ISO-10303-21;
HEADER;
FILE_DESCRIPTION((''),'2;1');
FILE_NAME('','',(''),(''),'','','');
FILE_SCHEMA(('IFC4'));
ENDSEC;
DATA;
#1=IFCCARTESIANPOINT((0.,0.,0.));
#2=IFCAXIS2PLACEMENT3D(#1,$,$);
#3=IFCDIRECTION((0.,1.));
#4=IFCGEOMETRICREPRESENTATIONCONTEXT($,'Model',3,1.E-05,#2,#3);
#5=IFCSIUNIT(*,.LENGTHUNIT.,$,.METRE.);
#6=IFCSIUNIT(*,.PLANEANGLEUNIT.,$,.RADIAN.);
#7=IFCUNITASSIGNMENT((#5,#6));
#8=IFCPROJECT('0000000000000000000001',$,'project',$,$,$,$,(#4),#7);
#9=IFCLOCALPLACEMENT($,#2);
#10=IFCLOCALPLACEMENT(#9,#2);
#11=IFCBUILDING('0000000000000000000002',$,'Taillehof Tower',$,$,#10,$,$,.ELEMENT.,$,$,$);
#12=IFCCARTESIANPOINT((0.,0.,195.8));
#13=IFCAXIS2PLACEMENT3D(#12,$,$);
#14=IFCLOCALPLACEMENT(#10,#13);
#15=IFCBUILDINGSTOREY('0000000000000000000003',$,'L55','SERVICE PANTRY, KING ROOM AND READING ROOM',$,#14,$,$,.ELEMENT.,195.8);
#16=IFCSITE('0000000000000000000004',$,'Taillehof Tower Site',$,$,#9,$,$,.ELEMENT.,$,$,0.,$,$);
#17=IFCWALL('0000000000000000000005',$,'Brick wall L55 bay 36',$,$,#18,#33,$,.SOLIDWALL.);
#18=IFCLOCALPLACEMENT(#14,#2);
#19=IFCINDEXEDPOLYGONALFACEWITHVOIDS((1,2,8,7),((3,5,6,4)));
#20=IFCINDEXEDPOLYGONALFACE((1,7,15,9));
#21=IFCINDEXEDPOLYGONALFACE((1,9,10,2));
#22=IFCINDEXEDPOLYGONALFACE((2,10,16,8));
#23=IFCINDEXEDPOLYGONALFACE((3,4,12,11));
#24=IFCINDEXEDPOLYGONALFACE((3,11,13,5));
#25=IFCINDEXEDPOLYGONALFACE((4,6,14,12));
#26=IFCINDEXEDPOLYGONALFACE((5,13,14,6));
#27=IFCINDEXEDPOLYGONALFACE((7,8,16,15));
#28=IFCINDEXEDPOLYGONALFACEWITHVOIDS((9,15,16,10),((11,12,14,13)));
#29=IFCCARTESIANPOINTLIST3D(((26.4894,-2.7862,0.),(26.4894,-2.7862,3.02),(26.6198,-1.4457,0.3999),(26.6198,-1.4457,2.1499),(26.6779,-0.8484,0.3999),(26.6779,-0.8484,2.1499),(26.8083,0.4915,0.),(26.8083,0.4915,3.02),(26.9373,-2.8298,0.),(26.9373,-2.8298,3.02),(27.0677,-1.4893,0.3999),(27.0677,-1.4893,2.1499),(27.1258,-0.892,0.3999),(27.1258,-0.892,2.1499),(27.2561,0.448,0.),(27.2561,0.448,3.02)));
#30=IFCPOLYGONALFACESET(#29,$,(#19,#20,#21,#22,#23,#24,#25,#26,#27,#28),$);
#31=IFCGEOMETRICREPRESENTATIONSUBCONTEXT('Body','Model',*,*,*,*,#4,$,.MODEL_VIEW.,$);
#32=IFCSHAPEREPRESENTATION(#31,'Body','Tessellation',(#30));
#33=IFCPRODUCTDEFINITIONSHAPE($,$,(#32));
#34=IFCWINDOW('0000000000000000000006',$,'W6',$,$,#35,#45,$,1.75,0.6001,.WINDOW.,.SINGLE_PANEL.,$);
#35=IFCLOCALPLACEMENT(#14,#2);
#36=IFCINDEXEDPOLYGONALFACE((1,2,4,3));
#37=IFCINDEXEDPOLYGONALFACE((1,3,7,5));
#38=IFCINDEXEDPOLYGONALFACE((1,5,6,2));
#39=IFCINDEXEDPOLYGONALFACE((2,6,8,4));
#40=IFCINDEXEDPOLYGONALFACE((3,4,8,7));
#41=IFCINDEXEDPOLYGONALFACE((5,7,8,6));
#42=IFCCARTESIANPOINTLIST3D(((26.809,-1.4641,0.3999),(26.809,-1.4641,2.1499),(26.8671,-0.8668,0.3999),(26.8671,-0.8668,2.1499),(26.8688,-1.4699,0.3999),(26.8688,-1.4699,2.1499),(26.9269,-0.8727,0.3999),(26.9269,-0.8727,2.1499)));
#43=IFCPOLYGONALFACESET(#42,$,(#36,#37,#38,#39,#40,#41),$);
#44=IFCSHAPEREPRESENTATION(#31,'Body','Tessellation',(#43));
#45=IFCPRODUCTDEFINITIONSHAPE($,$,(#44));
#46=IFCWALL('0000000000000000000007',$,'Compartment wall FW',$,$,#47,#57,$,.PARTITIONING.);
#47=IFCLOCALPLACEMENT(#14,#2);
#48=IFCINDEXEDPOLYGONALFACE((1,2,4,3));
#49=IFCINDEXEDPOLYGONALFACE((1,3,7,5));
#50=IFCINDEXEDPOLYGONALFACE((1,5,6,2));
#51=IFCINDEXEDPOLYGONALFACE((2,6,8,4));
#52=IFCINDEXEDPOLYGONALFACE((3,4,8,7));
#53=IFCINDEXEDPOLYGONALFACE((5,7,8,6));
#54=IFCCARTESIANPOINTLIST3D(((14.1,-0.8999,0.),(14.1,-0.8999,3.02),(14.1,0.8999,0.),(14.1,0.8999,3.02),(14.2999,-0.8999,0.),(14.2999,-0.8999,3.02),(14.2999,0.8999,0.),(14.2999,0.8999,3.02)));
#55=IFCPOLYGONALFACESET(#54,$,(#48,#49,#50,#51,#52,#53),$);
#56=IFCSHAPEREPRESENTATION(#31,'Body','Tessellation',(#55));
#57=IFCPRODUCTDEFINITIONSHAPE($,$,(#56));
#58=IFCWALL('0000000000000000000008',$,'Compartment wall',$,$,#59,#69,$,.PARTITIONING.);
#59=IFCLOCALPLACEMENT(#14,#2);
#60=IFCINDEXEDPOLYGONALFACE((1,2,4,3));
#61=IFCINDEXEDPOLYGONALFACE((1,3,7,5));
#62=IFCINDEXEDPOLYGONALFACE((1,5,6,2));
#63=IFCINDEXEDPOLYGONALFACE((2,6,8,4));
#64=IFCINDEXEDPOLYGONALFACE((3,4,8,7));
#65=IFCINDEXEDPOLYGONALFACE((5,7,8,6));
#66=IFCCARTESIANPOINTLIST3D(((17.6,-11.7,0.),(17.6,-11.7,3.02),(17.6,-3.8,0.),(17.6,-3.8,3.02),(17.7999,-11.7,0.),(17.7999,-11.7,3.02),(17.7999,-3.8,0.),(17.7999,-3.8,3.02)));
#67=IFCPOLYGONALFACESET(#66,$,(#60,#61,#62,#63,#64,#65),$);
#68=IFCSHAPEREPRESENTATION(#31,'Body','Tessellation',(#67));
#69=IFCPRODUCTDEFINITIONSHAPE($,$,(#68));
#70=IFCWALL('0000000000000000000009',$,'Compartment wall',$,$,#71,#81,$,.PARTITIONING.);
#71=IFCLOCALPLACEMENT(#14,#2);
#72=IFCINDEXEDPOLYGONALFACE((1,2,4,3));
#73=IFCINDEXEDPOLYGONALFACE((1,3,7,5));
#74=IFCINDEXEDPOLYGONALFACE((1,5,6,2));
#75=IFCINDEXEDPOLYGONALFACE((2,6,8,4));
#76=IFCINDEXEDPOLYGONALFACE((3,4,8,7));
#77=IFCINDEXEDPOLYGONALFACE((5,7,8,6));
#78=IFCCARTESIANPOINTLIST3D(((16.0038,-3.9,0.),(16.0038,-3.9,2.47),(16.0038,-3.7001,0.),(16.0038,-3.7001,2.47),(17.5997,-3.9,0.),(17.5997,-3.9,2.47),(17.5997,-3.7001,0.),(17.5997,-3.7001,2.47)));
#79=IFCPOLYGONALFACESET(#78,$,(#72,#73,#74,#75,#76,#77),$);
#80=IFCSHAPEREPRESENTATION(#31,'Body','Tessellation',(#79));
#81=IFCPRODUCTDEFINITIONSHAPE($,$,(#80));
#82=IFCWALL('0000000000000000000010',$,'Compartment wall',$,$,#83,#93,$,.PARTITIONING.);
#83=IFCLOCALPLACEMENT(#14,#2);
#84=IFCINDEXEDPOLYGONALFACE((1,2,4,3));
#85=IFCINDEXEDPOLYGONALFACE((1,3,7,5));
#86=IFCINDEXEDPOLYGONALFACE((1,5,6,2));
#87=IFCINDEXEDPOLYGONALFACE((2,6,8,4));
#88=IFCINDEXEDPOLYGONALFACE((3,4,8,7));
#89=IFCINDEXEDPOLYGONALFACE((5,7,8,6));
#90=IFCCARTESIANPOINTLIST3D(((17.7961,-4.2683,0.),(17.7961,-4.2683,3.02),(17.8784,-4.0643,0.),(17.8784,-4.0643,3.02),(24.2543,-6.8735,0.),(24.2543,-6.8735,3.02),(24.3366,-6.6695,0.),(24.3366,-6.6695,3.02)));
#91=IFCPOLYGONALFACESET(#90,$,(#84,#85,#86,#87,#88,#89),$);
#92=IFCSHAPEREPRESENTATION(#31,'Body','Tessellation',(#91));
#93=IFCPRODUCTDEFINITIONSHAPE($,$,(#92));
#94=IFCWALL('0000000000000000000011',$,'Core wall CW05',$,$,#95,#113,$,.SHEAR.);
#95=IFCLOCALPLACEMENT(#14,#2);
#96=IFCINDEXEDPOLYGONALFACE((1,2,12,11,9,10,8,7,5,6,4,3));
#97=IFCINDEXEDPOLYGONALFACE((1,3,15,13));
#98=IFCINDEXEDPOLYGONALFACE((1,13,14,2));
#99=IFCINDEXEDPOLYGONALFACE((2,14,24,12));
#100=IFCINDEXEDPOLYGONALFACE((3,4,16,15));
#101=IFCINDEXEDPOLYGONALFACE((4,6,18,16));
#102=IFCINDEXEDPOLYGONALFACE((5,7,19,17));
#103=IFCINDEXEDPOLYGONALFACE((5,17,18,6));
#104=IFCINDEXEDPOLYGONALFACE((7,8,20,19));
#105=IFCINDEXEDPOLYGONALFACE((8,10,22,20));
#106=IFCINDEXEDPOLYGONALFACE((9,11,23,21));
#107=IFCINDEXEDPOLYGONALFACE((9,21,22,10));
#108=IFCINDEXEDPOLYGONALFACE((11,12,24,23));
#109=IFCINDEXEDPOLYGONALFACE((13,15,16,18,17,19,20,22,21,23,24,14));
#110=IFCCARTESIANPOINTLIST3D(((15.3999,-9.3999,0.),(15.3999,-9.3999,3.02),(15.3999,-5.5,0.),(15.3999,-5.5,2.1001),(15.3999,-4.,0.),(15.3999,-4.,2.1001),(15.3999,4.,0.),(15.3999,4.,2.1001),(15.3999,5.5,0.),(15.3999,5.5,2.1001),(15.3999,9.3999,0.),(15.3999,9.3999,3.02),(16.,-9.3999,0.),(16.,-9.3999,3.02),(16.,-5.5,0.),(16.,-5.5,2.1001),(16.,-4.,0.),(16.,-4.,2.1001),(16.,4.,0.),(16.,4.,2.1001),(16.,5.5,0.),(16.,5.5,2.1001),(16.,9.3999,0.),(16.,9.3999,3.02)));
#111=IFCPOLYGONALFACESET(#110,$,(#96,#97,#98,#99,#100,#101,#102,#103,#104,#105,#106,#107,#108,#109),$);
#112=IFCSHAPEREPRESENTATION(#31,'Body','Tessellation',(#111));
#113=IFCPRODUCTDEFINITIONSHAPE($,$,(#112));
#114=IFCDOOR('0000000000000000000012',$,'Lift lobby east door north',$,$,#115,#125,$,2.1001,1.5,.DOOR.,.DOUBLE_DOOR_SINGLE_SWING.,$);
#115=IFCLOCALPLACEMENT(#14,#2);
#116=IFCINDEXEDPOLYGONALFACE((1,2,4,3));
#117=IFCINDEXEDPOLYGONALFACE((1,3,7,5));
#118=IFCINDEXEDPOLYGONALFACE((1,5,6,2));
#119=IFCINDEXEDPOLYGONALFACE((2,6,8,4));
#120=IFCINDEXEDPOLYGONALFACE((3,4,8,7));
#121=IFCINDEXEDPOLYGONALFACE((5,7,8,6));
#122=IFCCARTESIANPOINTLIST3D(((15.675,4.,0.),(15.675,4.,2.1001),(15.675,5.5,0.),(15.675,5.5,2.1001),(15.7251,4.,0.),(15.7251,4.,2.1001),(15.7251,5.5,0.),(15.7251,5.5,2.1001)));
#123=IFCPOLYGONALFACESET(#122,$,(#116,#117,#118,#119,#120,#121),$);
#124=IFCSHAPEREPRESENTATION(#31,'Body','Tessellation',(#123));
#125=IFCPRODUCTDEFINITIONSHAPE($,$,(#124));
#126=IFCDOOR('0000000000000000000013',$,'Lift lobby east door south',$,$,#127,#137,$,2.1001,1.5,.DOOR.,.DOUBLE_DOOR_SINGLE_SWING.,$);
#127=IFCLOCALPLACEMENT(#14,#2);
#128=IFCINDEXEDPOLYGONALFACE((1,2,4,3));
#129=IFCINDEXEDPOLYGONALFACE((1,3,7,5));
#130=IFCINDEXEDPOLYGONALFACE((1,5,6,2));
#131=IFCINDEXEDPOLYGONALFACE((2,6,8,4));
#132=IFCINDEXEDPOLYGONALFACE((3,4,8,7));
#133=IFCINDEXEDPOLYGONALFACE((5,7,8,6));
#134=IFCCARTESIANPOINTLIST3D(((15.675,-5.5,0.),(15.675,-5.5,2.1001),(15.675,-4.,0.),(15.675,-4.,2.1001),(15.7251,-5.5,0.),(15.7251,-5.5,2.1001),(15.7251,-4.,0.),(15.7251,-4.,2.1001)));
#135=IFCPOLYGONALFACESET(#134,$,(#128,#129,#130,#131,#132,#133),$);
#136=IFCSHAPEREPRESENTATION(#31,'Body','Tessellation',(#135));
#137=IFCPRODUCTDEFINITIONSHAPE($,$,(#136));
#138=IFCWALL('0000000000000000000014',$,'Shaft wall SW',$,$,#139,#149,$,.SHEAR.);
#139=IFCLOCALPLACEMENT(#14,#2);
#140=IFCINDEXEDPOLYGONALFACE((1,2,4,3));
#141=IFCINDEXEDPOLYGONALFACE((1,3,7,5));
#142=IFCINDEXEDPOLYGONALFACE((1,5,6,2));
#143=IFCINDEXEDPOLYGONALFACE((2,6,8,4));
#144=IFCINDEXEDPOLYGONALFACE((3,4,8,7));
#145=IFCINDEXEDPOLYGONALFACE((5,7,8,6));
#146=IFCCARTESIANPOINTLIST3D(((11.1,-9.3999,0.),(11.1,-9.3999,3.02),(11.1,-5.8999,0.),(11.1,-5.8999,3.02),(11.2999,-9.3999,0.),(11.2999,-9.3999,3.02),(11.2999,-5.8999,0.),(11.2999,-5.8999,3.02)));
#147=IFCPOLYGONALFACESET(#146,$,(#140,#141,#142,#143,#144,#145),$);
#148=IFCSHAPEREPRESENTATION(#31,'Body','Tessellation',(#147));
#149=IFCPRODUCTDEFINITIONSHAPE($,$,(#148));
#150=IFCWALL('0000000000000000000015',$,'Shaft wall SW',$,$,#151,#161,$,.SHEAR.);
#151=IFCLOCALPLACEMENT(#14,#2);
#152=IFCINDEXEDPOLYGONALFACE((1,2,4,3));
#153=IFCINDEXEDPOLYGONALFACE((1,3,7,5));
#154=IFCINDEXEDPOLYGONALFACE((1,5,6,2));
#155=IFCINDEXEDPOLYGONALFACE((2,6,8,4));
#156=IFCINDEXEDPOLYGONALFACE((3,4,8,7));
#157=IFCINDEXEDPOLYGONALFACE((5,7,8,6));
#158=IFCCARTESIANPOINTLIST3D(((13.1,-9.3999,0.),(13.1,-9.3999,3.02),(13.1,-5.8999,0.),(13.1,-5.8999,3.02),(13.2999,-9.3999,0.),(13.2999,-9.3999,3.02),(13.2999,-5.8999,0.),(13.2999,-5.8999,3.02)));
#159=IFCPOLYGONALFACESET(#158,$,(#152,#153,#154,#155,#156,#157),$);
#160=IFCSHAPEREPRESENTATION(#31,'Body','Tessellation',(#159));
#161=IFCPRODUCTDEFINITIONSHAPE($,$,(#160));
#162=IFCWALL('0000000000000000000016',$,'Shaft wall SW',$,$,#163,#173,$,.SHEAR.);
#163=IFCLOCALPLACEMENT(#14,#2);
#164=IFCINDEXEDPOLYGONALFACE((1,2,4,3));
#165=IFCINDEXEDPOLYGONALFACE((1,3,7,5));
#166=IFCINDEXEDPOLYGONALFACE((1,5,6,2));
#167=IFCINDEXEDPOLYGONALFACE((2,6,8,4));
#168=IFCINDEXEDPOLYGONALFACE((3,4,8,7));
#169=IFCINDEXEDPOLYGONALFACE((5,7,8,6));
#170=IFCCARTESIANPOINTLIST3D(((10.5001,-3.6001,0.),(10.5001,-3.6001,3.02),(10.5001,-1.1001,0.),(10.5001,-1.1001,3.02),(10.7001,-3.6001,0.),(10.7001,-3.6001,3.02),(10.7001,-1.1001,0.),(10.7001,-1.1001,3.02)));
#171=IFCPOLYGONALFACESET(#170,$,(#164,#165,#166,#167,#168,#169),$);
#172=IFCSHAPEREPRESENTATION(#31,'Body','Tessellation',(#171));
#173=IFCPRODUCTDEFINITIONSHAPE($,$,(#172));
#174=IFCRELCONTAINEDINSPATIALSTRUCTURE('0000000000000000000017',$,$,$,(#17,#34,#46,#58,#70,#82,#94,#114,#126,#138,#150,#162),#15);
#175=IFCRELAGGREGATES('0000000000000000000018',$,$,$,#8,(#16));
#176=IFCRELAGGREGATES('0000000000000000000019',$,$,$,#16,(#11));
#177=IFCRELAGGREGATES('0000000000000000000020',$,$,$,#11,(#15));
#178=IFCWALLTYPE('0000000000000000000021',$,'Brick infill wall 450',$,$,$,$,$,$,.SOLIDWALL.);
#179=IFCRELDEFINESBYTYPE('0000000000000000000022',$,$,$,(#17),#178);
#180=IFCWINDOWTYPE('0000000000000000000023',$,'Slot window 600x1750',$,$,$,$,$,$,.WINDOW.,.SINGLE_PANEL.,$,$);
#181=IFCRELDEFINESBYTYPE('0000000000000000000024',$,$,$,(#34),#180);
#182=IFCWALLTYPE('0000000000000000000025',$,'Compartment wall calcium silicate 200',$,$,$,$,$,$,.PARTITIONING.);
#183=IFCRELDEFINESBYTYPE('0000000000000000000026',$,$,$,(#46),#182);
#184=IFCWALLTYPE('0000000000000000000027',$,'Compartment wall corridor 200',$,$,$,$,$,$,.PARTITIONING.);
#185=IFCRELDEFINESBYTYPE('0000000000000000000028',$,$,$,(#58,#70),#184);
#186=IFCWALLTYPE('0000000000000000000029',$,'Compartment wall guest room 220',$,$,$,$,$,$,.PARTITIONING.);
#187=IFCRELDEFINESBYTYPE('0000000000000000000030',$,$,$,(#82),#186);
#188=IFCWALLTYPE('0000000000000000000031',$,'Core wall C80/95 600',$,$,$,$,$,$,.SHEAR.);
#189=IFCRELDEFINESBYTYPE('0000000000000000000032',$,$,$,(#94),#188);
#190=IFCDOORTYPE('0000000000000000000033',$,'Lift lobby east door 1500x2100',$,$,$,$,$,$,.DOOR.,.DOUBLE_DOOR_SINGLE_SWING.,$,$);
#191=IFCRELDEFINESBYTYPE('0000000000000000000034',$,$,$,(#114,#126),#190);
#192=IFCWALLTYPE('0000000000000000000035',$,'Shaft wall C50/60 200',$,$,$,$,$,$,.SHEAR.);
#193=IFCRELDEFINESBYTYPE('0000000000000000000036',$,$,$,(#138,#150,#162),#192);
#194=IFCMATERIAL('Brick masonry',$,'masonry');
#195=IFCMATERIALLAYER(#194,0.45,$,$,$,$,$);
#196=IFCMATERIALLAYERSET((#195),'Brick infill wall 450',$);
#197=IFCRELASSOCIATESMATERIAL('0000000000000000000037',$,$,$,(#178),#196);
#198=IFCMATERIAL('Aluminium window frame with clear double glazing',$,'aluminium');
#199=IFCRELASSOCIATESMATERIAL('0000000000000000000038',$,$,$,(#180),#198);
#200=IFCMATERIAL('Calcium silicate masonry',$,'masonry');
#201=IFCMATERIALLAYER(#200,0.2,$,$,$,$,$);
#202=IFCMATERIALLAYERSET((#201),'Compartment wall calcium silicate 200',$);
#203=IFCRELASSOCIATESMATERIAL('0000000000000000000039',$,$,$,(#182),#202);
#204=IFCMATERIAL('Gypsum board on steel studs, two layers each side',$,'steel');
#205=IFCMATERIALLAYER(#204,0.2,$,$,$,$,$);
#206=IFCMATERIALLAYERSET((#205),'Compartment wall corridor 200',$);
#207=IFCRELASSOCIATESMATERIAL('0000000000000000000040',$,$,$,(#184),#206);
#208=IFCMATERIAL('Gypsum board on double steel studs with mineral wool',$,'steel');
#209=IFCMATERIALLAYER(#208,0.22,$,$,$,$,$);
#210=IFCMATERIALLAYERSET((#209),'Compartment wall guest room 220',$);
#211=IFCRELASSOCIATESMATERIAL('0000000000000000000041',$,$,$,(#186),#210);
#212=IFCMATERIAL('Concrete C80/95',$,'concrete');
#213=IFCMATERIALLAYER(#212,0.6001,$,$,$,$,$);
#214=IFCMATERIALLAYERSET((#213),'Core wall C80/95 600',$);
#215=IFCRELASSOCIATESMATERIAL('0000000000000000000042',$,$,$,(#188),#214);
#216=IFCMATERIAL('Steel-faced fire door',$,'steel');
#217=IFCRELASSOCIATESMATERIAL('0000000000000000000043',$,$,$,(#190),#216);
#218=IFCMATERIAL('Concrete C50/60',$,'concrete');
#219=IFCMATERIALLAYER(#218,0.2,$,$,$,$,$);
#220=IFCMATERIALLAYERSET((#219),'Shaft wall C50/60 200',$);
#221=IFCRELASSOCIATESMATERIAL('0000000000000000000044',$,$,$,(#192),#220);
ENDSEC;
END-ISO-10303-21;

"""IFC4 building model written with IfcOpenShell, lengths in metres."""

from ifc_helpers import new_model, si_unit, direction, frame, frame_2d, origin, place, context, subcontext, project, spatial, rectangle, extrude, material, layer, layer_set, type_object, element, fill, save


model = new_model("IFC4")

# Units and contexts
model_context = context("Model", 3, precision=1e-05, world=origin(), true_north=direction((0.0, 1.0)))
body_context = subcontext(model_context, "Body", "Model", "MODEL_VIEW")
ifc_project = project(units=[si_unit("LENGTHUNIT", "METRE"), si_unit("PLANEANGLEUNIT", "RADIAN")], contexts=[model_context])

# Site, building, storey
site_placement = place(None, origin())
site = spatial("IfcSite", under=ifc_project, at=site_placement, Name="Taillehof Tower Site", CompositionType="ELEMENT", RefElevation=0.0)
building_placement = place(site_placement, origin())
building = spatial("IfcBuilding", under=site, at=building_placement, Name="Taillehof Tower", CompositionType="ELEMENT")
storey_placement = place(building_placement, frame((0.0, 0.0, 195.8)))
storey = spatial("IfcBuildingStorey", under=building, at=storey_placement, Name="L55", Description="SERVICE PANTRY, KING ROOM AND READING ROOM", CompositionType="ELEMENT", Elevation=195.8)

# Shared definitions
ifc_material_1 = material(Name="Brick masonry", Category="masonry")
ifc_layer_1 = layer(ifc_material_1, 0.45)
ifc_layer_set_1 = layer_set([ifc_layer_1], Name="Brick infill wall 450")
wall_type_1 = type_object("IfcWallType", Name="Brick infill wall 450", PredefinedType="SOLIDWALL", material=ifc_layer_set_1)
ifc_material_2 = material(Name="Aluminium window frame with clear double glazing", Category="aluminium")
window_type = type_object("IfcWindowType", Name="Slot window 600x1750", PartitioningType="SINGLE_PANEL", PredefinedType="WINDOW", material=ifc_material_2)

# Wall, opening, window
wall_1_placement = place(storey_placement, frame((26.7134, -2.8079, 0.0), z_axis=(0.0, 0.0, 1.0), x_axis=(0.096817, 0.995302, 0.0)))
wall_1 = element("IfcWall", 1, at=wall_1_placement, inside=storey, type_object=wall_type_1, Name="Brick wall L55 bay 36", PredefinedType="SOLIDWALL", context=body_context, shape_type="SweptSolid", body=[
    extrude(rectangle(XDim=3.2932, YDim=0.45, at=frame_2d((1.6465, 0.0))), origin(), (0.0, 0.0, 1.0), 3.02),
])
opening_1_placement = place(wall_1_placement, frame((1.3467, 0.0, 0.3999)))
opening_1 = element("IfcOpeningElement", 2, at=opening_1_placement, cuts=wall_1, PredefinedType="OPENING", context=body_context, shape_type="SweptSolid", body=[
    extrude(rectangle(XDim=0.6001, YDim=1.75, at=frame_2d((0.3, 0.875))), frame((0.0, 0.2349, 0.0), z_axis=(0.0, -1.0, 0.0), x_axis=(1.0, 0.0, 0.0)), (0.0, 0.0, 1.0), 0.47),
])
window_1_placement = place(opening_1_placement, origin())
window_1 = element("IfcWindow", 3, at=window_1_placement, inside=storey, type_object=window_type, Name="W6", OverallHeight=1.75, OverallWidth=0.6001, PartitioningType="SINGLE_PANEL", PredefinedType="WINDOW", context=body_context, shape_type="SweptSolid", body=[
    extrude(rectangle(XDim=0.6001, YDim=1.75, at=frame_2d((0.3, 0.875))), frame((0.0, 0.0349, 0.0), z_axis=(0.0, -1.0, 0.0), x_axis=(1.0, 0.0, 0.0)), (0.0, 0.0, 1.0), 0.0601),
])
fill(opening_1, window_1)

# Walls
ifc_material_3 = material(Name="Calcium silicate masonry", Category="masonry")
ifc_layer_2 = layer(ifc_material_3, 0.2)
ifc_layer_set_2 = layer_set([ifc_layer_2], Name="Compartment wall calcium silicate 200")
wall_type_2 = type_object("IfcWallType", Name="Compartment wall calcium silicate 200", PredefinedType="PARTITIONING", material=ifc_layer_set_2)
wall_2_placement = place(storey_placement, frame((14.2, -0.8999, 0.0), z_axis=(0.0, 0.0, 1.0), x_axis=(0.0, 1.0, 0.0)))
element("IfcWall", 4, at=wall_2_placement, inside=storey, type_object=wall_type_2, Name="Compartment wall FW", PredefinedType="PARTITIONING", context=body_context, shape_type="SweptSolid", body=[
    extrude(rectangle(XDim=1.7998, YDim=0.2, at=frame_2d((0.8999, 0.0))), origin(), (0.0, 0.0, 1.0), 3.02),
])
ifc_material_4 = material(Name="Gypsum board on steel studs, two layers each side", Category="steel")
ifc_layer_3 = layer(ifc_material_4, 0.2)
ifc_layer_set_3 = layer_set([ifc_layer_3], Name="Compartment wall corridor 200")
wall_type_3 = type_object("IfcWallType", Name="Compartment wall corridor 200", PredefinedType="PARTITIONING", material=ifc_layer_set_3)
wall_3_placement = place(storey_placement, frame((17.7, -3.8, 0.0), z_axis=(0.0, 0.0, 1.0), x_axis=(0.0, -1.0, 0.0)))
element("IfcWall", 5, at=wall_3_placement, inside=storey, type_object=wall_type_3, Name="Compartment wall", PredefinedType="PARTITIONING", context=body_context, shape_type="SweptSolid", body=[
    extrude(rectangle(XDim=7.8999, YDim=0.2, at=frame_2d((3.95, 0.0))), origin(), (0.0, 0.0, 1.0), 3.02),
])
wall_4_placement = place(storey_placement, frame((16.0039, -3.8, 0.0), z_axis=(0.0, 0.0, 1.0), x_axis=(1.0, 0.0, 0.0)))
element("IfcWall", 6, at=wall_4_placement, inside=storey, type_object=wall_type_3, Name="Compartment wall", PredefinedType="PARTITIONING", context=body_context, shape_type="SweptSolid", body=[
    extrude(rectangle(XDim=1.5959, YDim=0.2, at=frame_2d((0.7979, 0.0))), origin(), (0.0, 0.0, 1.0), 2.47),
])
ifc_material_5 = material(Name="Gypsum board on double steel studs with mineral wool", Category="steel")
ifc_layer_4 = layer(ifc_material_5, 0.22)
ifc_layer_set_4 = layer_set([ifc_layer_4], Name="Compartment wall guest room 220")
wall_type_4 = type_object("IfcWallType", Name="Compartment wall guest room 220", PredefinedType="PARTITIONING", material=ifc_layer_set_4)
wall_5_placement = place(storey_placement, frame((24.2954, -6.7715, 0.0), z_axis=(0.0, 0.0, 1.0), x_axis=(-0.927387, 0.374103, 0.0)))
element("IfcWall", 7, at=wall_5_placement, inside=storey, type_object=wall_type_4, Name="Compartment wall", PredefinedType="PARTITIONING", context=body_context, shape_type="SweptSolid", body=[
    extrude(rectangle(XDim=6.9639, YDim=0.22, at=frame_2d((3.4819, 0.0))), origin(), (0.0, 0.0, 1.0), 3.02),
])

# Wall, openings, doors
ifc_material_6 = material(Name="Concrete C80/95", Category="concrete")
ifc_layer_5 = layer(ifc_material_6, 0.6001)
ifc_layer_set_5 = layer_set([ifc_layer_5], Name="Core wall C80/95 600")
wall_type_5 = type_object("IfcWallType", Name="Core wall C80/95 600", PredefinedType="SHEAR", material=ifc_layer_set_5)
wall_6_placement = place(storey_placement, frame((15.7, -9.3999, 0.0), z_axis=(0.0, 0.0, 1.0), x_axis=(0.0, 1.0, 0.0)))
wall_6 = element("IfcWall", 8, at=wall_6_placement, inside=storey, type_object=wall_type_5, Name="Core wall CW05", PredefinedType="SHEAR", context=body_context, shape_type="SweptSolid", body=[
    extrude(rectangle(XDim=18.7998, YDim=0.6001, at=frame_2d((9.3999, 0.0))), origin(), (0.0, 0.0, 1.0), 3.02),
])
opening_2_placement = place(wall_6_placement, frame((13.3999, 0.0, 0.0)))
opening_2 = element("IfcOpeningElement", 9, at=opening_2_placement, cuts=wall_6, PredefinedType="OPENING", context=body_context, shape_type="SweptSolid", body=[
    extrude(rectangle(XDim=1.5, YDim=2.1001, at=frame_2d((0.75, 1.05))), frame((0.0, 0.3101, 0.0), z_axis=(0.0, -1.0, 0.0), x_axis=(1.0, 0.0, 0.0)), (0.0, 0.0, 1.0), 0.6201),
])
opening_3_placement = place(wall_6_placement, frame((3.8999, 0.0, 0.0)))
opening_3 = element("IfcOpeningElement", 10, at=opening_3_placement, cuts=wall_6, PredefinedType="OPENING", context=body_context, shape_type="SweptSolid", body=[
    extrude(rectangle(XDim=1.5, YDim=2.1001, at=frame_2d((0.75, 1.05))), frame((0.0, 0.3101, 0.0), z_axis=(0.0, -1.0, 0.0), x_axis=(1.0, 0.0, 0.0)), (0.0, 0.0, 1.0), 0.6201),
])
ifc_material_7 = material(Name="Steel-faced fire door", Category="steel")
door_type = type_object("IfcDoorType", Name="Lift lobby east door 1500x2100", OperationType="DOUBLE_DOOR_SINGLE_SWING", PredefinedType="DOOR", material=ifc_material_7)
door_1_placement = place(opening_2_placement, origin())
door_1 = element("IfcDoor", 11, at=door_1_placement, inside=storey, type_object=door_type, Name="Lift lobby east door north", OperationType="DOUBLE_DOOR_SINGLE_SWING", OverallHeight=2.1001, OverallWidth=1.5, PredefinedType="DOOR", context=body_context, shape_type="SweptSolid", body=[
    extrude(rectangle(XDim=1.5, YDim=2.1001, at=frame_2d((0.75, 1.05))), frame((0.0, 0.0249, 0.0), z_axis=(0.0, -1.0, 0.0), x_axis=(1.0, 0.0, 0.0)), (0.0, 0.0, 1.0), 0.05),
])
fill(opening_2, door_1)
door_2_placement = place(opening_3_placement, origin())
door_2 = element("IfcDoor", 12, at=door_2_placement, inside=storey, type_object=door_type, Name="Lift lobby east door south", OperationType="DOUBLE_DOOR_SINGLE_SWING", OverallHeight=2.1001, OverallWidth=1.5, PredefinedType="DOOR", context=body_context, shape_type="SweptSolid", body=[
    extrude(rectangle(XDim=1.5, YDim=2.1001, at=frame_2d((0.75, 1.05))), frame((0.0, 0.0249, 0.0), z_axis=(0.0, -1.0, 0.0), x_axis=(1.0, 0.0, 0.0)), (0.0, 0.0, 1.0), 0.05),
])
fill(opening_3, door_2)

# Walls
ifc_material_8 = material(Name="Concrete C50/60", Category="concrete")
ifc_layer_6 = layer(ifc_material_8, 0.2)
ifc_layer_set_6 = layer_set([ifc_layer_6], Name="Shaft wall C50/60 200")
wall_type_6 = type_object("IfcWallType", Name="Shaft wall C50/60 200", PredefinedType="SHEAR", material=ifc_layer_set_6)
for number, where, z_axis, x_axis, name in (
    (13, (11.2, -9.3999, 0.0), (0.0, 0.0, 1.0), (0.0, 1.0, 0.0), "Shaft wall SW"),
    (14, (13.2, -9.3999, 0.0), (0.0, 0.0, 1.0), (0.0, 1.0, 0.0), "Shaft wall SW"),
):
    element("IfcWall", number, at=place(storey_placement, frame(where, z_axis=z_axis, x_axis=x_axis)), inside=storey, type_object=wall_type_6, Name=name, PredefinedType="SHEAR", context=body_context, shape_type="SweptSolid", body=[
        extrude(rectangle(XDim=3.5, YDim=0.2, at=frame_2d((1.75, 0.0))), origin(), (0.0, 0.0, 1.0), 3.02),
    ])
for number, where, z_axis, x_axis, name in (
    (15, (10.6001, -3.6001, 0.0), (0.0, 0.0, 1.0), (0.0, 1.0, 0.0), "Shaft wall SW"),
):
    element("IfcWall", number, at=place(storey_placement, frame(where, z_axis=z_axis, x_axis=x_axis)), inside=storey, type_object=wall_type_6, Name=name, PredefinedType="SHEAR", context=body_context, shape_type="SweptSolid", body=[
        extrude(rectangle(XDim=2.5, YDim=0.2, at=frame_2d((1.25, 0.0))), origin(), (0.0, 0.0, 1.0), 3.02),
    ])

save(model, "model.ifc")
